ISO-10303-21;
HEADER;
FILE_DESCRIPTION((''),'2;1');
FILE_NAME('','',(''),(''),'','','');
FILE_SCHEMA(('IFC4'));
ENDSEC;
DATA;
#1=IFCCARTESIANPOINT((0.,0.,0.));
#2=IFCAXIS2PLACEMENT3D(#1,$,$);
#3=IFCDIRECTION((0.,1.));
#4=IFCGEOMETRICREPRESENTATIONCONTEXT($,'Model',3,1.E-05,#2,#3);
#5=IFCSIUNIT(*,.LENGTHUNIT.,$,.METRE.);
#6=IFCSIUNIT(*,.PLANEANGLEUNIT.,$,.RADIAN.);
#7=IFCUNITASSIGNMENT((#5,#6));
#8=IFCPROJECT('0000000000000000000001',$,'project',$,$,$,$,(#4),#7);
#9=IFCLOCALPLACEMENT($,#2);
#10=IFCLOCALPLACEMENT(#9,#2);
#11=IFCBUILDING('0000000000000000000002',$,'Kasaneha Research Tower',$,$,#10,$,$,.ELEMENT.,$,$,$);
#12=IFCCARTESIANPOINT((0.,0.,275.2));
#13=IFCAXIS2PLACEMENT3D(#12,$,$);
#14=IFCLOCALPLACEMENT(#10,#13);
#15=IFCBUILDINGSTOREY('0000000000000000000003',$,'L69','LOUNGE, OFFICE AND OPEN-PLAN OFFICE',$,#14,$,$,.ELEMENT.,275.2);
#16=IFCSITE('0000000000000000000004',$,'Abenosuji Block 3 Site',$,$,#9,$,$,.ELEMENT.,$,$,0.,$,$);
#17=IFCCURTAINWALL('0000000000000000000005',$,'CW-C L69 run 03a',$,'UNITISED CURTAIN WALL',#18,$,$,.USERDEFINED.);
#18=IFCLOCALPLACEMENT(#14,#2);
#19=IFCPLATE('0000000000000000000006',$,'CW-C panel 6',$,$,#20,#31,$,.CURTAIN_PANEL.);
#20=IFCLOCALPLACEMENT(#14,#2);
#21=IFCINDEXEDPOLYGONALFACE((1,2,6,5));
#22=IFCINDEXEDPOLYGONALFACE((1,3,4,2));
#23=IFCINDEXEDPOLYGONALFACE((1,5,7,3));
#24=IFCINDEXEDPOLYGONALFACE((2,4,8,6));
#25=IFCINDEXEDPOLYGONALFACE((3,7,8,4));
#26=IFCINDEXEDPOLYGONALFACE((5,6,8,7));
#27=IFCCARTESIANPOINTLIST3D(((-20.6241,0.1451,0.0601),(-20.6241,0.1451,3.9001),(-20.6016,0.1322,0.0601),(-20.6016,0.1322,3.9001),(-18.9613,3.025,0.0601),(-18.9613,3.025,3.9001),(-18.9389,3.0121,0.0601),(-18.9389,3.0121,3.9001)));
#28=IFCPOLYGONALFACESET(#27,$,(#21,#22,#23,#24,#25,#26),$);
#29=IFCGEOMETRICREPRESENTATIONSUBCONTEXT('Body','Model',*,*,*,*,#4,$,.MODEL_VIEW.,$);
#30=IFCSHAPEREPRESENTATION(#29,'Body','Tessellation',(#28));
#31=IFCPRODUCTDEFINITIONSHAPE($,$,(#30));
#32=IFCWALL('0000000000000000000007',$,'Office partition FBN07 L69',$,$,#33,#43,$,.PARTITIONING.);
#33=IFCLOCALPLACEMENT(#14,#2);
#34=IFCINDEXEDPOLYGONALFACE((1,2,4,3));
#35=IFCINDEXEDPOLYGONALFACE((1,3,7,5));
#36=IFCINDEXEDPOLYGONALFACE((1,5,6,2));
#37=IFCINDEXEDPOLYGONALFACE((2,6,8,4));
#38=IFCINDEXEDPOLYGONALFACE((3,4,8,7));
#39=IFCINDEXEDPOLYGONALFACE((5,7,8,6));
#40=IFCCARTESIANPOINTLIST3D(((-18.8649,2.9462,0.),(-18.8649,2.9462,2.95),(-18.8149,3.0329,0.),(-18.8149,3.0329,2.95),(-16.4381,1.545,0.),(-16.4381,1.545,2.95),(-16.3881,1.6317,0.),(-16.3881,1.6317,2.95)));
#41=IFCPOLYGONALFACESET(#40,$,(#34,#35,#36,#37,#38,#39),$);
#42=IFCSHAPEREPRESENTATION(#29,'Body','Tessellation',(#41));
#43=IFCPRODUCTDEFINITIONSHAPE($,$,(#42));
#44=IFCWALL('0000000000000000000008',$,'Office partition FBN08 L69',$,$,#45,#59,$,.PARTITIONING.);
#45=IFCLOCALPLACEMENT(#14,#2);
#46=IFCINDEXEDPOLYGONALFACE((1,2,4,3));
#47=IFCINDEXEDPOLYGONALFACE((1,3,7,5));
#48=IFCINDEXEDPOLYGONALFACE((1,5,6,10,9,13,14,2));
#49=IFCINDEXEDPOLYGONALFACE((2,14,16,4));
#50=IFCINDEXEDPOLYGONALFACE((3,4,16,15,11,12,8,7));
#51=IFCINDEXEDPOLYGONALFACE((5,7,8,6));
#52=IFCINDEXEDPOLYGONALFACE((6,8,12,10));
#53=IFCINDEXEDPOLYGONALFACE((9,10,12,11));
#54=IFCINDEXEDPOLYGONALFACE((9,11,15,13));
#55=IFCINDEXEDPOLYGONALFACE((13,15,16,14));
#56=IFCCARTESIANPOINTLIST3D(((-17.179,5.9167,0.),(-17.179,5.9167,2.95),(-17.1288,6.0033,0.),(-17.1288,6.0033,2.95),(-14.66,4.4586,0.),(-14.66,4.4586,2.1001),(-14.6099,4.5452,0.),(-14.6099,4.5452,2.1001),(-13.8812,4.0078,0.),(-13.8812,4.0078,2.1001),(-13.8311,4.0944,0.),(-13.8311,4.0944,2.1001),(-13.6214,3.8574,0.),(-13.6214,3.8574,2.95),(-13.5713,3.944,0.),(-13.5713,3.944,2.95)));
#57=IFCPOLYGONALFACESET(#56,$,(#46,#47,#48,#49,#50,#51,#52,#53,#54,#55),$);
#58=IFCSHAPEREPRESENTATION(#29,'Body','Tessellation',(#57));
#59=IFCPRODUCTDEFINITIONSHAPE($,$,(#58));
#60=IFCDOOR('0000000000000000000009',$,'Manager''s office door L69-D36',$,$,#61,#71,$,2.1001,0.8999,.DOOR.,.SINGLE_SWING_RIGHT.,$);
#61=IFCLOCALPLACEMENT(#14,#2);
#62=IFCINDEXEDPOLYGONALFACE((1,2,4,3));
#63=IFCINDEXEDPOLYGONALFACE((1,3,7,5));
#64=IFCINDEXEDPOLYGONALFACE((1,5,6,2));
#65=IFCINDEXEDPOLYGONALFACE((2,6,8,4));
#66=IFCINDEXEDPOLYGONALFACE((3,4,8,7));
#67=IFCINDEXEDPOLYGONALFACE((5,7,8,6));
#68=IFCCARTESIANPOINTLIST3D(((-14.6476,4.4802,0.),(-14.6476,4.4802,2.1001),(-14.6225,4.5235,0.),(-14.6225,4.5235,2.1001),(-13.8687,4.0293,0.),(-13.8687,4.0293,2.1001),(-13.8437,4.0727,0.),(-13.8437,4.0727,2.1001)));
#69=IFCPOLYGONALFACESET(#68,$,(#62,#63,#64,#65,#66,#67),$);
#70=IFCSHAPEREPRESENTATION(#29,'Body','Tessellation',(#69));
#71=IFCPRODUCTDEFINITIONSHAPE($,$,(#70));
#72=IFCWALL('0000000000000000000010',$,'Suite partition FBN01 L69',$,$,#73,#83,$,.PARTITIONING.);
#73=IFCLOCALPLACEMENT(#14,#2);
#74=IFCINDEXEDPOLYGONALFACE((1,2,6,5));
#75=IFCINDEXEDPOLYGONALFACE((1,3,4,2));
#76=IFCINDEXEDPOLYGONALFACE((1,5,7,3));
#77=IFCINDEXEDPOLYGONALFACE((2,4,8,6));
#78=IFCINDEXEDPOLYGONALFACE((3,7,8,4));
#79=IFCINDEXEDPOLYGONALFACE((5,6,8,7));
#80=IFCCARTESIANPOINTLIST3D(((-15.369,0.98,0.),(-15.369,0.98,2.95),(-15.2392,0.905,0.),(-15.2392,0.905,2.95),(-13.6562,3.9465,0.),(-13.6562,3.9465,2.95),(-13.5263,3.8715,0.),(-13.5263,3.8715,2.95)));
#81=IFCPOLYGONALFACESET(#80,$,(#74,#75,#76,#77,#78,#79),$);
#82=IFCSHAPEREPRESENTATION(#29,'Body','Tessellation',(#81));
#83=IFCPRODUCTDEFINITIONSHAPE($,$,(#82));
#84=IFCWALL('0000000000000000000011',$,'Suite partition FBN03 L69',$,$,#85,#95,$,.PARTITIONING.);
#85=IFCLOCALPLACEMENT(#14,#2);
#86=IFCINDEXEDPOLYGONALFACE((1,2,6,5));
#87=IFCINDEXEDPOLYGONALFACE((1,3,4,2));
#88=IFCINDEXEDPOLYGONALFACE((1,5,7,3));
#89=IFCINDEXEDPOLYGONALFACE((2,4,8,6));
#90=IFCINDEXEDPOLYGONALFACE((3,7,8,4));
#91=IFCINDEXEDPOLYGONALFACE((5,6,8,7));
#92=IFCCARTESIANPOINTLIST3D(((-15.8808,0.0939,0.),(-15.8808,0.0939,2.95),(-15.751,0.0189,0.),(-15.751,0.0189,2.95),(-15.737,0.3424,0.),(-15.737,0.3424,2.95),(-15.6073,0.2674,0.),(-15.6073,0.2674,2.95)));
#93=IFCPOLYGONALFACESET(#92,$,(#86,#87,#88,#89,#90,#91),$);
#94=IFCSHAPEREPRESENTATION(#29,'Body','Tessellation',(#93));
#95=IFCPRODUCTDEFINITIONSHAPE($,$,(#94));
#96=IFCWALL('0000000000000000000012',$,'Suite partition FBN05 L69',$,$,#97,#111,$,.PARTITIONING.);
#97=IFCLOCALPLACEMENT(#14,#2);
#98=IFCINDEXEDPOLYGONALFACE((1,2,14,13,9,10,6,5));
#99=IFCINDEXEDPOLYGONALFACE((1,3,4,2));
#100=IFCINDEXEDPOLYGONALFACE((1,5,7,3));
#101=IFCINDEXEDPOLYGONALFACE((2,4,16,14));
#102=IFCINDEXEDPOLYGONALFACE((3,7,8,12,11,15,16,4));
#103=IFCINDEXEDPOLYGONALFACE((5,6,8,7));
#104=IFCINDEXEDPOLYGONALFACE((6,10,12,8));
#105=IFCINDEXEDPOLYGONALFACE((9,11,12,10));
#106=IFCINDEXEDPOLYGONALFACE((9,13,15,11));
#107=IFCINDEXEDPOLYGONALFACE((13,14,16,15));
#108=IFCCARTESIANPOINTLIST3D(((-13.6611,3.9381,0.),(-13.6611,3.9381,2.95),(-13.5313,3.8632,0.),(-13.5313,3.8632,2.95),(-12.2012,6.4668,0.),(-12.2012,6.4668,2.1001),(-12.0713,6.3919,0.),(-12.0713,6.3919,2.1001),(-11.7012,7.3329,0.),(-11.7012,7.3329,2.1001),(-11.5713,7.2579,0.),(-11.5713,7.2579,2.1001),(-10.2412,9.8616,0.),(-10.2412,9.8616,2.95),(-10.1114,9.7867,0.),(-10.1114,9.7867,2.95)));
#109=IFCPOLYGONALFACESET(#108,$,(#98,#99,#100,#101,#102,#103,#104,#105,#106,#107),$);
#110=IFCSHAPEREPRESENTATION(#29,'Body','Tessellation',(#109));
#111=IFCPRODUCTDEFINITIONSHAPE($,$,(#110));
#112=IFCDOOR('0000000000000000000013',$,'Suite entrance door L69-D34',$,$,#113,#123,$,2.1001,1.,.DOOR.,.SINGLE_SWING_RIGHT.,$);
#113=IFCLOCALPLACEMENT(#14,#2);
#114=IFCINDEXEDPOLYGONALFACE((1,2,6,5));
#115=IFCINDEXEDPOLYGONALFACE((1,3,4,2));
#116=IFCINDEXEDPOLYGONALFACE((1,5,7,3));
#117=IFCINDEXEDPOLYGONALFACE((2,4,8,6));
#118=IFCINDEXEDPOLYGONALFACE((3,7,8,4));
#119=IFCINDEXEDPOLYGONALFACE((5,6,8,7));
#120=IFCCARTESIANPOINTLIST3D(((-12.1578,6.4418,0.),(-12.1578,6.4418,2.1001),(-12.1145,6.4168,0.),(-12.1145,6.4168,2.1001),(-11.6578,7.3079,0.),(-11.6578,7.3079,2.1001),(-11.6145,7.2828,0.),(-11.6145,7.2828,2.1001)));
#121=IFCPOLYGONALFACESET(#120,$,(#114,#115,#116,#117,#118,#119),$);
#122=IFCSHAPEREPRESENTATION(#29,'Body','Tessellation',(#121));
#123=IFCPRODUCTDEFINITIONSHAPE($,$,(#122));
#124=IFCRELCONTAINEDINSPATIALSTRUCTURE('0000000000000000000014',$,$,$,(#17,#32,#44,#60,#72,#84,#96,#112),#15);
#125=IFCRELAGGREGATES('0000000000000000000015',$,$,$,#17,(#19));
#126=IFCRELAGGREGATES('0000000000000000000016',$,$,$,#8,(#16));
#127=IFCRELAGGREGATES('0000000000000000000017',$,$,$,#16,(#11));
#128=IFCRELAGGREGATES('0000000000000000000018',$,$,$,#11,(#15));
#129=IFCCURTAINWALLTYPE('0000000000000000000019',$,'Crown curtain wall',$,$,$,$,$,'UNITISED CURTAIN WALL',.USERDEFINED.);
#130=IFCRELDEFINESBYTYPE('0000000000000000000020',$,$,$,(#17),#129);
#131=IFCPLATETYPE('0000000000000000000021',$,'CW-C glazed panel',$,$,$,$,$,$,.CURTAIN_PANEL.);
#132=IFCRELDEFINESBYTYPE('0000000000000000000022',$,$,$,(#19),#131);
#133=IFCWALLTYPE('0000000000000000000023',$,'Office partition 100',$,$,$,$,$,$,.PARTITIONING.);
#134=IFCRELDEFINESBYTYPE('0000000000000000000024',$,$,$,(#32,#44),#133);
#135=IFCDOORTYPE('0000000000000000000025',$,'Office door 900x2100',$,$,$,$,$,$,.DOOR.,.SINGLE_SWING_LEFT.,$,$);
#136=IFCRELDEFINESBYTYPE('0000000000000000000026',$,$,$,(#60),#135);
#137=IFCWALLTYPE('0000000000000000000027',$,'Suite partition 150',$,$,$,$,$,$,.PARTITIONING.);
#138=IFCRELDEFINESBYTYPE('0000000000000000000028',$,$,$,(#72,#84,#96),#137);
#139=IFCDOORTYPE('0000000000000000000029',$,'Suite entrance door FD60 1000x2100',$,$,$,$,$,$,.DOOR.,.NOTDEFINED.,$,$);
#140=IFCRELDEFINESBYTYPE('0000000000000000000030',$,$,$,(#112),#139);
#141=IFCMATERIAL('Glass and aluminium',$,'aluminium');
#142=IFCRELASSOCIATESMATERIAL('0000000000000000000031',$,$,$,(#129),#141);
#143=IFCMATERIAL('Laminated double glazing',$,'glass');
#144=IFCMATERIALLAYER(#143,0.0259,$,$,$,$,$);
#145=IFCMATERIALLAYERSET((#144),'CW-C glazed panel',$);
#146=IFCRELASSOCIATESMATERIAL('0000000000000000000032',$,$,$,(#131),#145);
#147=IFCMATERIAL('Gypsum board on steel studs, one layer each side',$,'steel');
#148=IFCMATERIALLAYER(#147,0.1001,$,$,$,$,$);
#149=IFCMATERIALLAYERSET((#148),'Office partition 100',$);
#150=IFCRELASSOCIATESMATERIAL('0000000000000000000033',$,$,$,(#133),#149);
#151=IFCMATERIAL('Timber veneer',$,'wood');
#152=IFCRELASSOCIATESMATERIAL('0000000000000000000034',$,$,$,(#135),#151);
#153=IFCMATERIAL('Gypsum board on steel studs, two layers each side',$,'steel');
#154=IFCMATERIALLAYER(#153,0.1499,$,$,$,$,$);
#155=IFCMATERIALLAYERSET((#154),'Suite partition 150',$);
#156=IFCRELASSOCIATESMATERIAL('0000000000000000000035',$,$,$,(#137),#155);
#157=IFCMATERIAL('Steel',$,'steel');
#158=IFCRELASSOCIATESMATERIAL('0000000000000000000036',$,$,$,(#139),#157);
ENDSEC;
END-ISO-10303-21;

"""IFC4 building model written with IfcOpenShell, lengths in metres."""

from ifc_helpers import new_model, si_unit, direction, frame, frame_2d, origin, origin_2d, place, context, subcontext, project, spatial, rectangle, extrude, material, layer, layer_set, type_object, element, fill, aggregate, save


model = new_model("IFC4")

# Units and contexts
model_context = context("Model", 3, precision=1e-05, world=origin(), true_north=direction((0.0, 1.0)))
body_context = subcontext(model_context, "Body", "Model", "MODEL_VIEW")
ifc_project = project(units=[si_unit("LENGTHUNIT", "METRE"), si_unit("PLANEANGLEUNIT", "RADIAN")], contexts=[model_context])

# Site, building, storey
site_placement = place(None, origin())
site = spatial("IfcSite", under=ifc_project, at=site_placement, Name="Abenosuji Block 3 Site", CompositionType="ELEMENT", RefElevation=0.0)
building_placement = place(site_placement, origin())
building = spatial("IfcBuilding", under=site, at=building_placement, Name="Kasaneha Research Tower", CompositionType="ELEMENT")
storey_placement = place(building_placement, frame((0.0, 0.0, 275.2)))
storey = spatial("IfcBuildingStorey", under=building, at=storey_placement, Name="L69", Description="LOUNGE, OFFICE AND OPEN-PLAN OFFICE", CompositionType="ELEMENT", Elevation=275.2)

# Curtain wall
ifc_material_1 = material(Name="Glass and aluminium", Category="aluminium")
curtain_wall_type = type_object("IfcCurtainWallType", Name="Crown curtain wall", ElementType="UNITISED CURTAIN WALL", PredefinedType="USERDEFINED", material=ifc_material_1)
curtain_wall_placement = place(storey_placement, origin())
curtain_wall = element("IfcCurtainWall", 1, at=curtain_wall_placement, inside=storey, type_object=curtain_wall_type, Name="CW-C L69 run 03a", ObjectType="UNITISED CURTAIN WALL", PredefinedType="USERDEFINED")

# Plate
ifc_material_2 = material(Name="Laminated double glazing", Category="glass")
ifc_layer_1 = layer(ifc_material_2, 0.0259)
ifc_layer_set_1 = layer_set([ifc_layer_1], Name="CW-C glazed panel")
plate_type = type_object("IfcPlateType", Name="CW-C glazed panel", PredefinedType="CURTAIN_PANEL", material=ifc_layer_set_1)
plate_1_placement = place(storey_placement, frame((-19.7815, 1.5786, 0.0601), z_axis=(0.0, 0.0, 1.0), x_axis=(-0.5, -0.866025, 0.0)))
plate_1 = element("IfcPlate", 2, at=plate_1_placement, type_object=plate_type, Name="CW-C panel 6", PredefinedType="CURTAIN_PANEL", context=body_context, shape_type="SweptSolid", body=[
    extrude(rectangle(XDim=3.3254, YDim=0.0259, at=origin_2d()), origin(), (0.0, 0.0, 1.0), 3.8401),
])
aggregate(curtain_wall, [plate_1])

# Wall
ifc_material_3 = material(Name="Gypsum board on steel studs, one layer each side", Category="steel")
ifc_layer_2 = layer(ifc_material_3, 0.1001)
ifc_layer_set_2 = layer_set([ifc_layer_2], Name="Office partition 100")
wall_type_1 = type_object("IfcWallType", Name="Office partition 100", PredefinedType="PARTITIONING", material=ifc_layer_set_2)
wall_1_placement = place(storey_placement, frame((-16.4131, 1.5884, 0.0), z_axis=(0.0, 0.0, 1.0), x_axis=(-0.86602, 0.500009, 0.0)))
element("IfcWall", 3, at=wall_1_placement, inside=storey, type_object=wall_type_1, Name="Office partition FBN07 L69", PredefinedType="PARTITIONING", context=body_context, shape_type="SweptSolid", body=[
    extrude(rectangle(XDim=2.8022, YDim=0.1001, at=frame_2d((1.4011, 0.0))), origin(), (0.0, 0.0, 1.0), 2.95),
])

# Wall, opening, door
wall_2_placement = place(storey_placement, frame((-17.1538, 5.96, 0.0), z_axis=(0.0, 0.0, 1.0), x_axis=(0.865463, -0.500973, 0.0)))
wall_2 = element("IfcWall", 4, at=wall_2_placement, inside=storey, type_object=wall_type_1, Name="Office partition FBN08 L69", PredefinedType="PARTITIONING", context=body_context, shape_type="SweptSolid", body=[
    extrude(rectangle(XDim=4.1106, YDim=0.1001, at=frame_2d((2.0552, 0.0))), origin(), (0.0, 0.0, 1.0), 2.95),
])
opening_1_placement = place(wall_2_placement, frame((2.9104, 0.0, 0.0)))
opening_1 = element("IfcOpeningElement", 5, at=opening_1_placement, cuts=wall_2, PredefinedType="OPENING", context=body_context, shape_type="SweptSolid", body=[
    extrude(rectangle(XDim=0.8999, YDim=2.1001, at=frame_2d((0.45, 1.05))), frame((0.0, 0.0601, 0.0), z_axis=(0.0, -1.0, 0.0), x_axis=(1.0, 0.0, 0.0)), (0.0, 0.0, 1.0), 0.1201),
])
ifc_material_4 = material(Name="Timber veneer", Category="wood")
door_type_1 = type_object("IfcDoorType", Name="Office door 900x2100", OperationType="SINGLE_SWING_LEFT", PredefinedType="DOOR", material=ifc_material_4)
door_1_placement = place(opening_1_placement, origin())
door_1 = element("IfcDoor", 6, at=door_1_placement, inside=storey, type_object=door_type_1, Name="Manager's office door L69-D36", OperationType="SINGLE_SWING_RIGHT", OverallHeight=2.1001, OverallWidth=0.8999, PredefinedType="DOOR", context=body_context, shape_type="SweptSolid", body=[
    extrude(rectangle(XDim=0.8999, YDim=2.1001, at=frame_2d((0.45, 1.05))), frame((0.0, 0.0249, 0.0), z_axis=(0.0, -1.0, 0.0), x_axis=(1.0, 0.0, 0.0)), (0.0, 0.0, 1.0), 0.05),
])
fill(opening_1, door_1)

# Walls
ifc_material_5 = material(Name="Gypsum board on steel studs, two layers each side", Category="steel")
ifc_layer_3 = layer(ifc_material_5, 0.1499)
ifc_layer_set_3 = layer_set([ifc_layer_3], Name="Suite partition 150")
wall_type_2 = type_object("IfcWallType", Name="Suite partition 150", PredefinedType="PARTITIONING", material=ifc_layer_set_3)
wall_3_placement = place(storey_placement, frame((-15.3042, 0.9424, 0.0), z_axis=(0.0, 0.0, 1.0), x_axis=(0.500033, 0.866006, 0.0)))
element("IfcWall", 7, at=wall_3_placement, inside=storey, type_object=wall_type_2, Name="Suite partition FBN01 L69", PredefinedType="PARTITIONING", context=body_context, shape_type="SweptSolid", body=[
    extrude(rectangle(XDim=3.4255, YDim=0.1499, at=frame_2d((1.7129, 0.0))), origin(), (0.0, 0.0, 1.0), 2.95),
])
wall_4_placement = place(storey_placement, frame((-15.8159, 0.0564, 0.0), z_axis=(0.0, 0.0, 1.0), x_axis=(0.500802, 0.865562, 0.0)))
element("IfcWall", 8, at=wall_4_placement, inside=storey, type_object=wall_type_2, Name="Suite partition FBN03 L69", PredefinedType="PARTITIONING", context=body_context, shape_type="SweptSolid", body=[
    extrude(rectangle(XDim=0.2871, YDim=0.1499, at=frame_2d((0.1436, 0.0))), origin(), (0.0, 0.0, 1.0), 2.95),
])

# Wall, opening, door
wall_5_placement = place(storey_placement, frame((-13.5962, 3.9006, 0.0), z_axis=(0.0, 0.0, 1.0), x_axis=(0.499993, 0.866029, 0.0)))
wall_5 = element("IfcWall", 9, at=wall_5_placement, inside=storey, type_object=wall_type_2, Name="Suite partition FBN05 L69", PredefinedType="PARTITIONING", context=body_context, shape_type="SweptSolid", body=[
    extrude(rectangle(XDim=6.8398, YDim=0.1499, at=frame_2d((3.4199, 0.0))), origin(), (0.0, 0.0, 1.0), 2.95),
])
opening_2_placement = place(wall_5_placement, frame((2.9199, 0.0, 0.0)))
opening_2 = element("IfcOpeningElement", 10, at=opening_2_placement, cuts=wall_5, PredefinedType="OPENING", context=body_context, shape_type="SweptSolid", body=[
    extrude(rectangle(XDim=1.0, YDim=2.1001, at=frame_2d((0.5, 1.05))), frame((0.0, 0.085, 0.0), z_axis=(0.0, -1.0, 0.0), x_axis=(1.0, 0.0, 0.0)), (0.0, 0.0, 1.0), 0.1699),
])
ifc_material_6 = material(Name="Steel", Category="steel")
door_type_2 = type_object("IfcDoorType", Name="Suite entrance door FD60 1000x2100", OperationType="NOTDEFINED", PredefinedType="DOOR", material=ifc_material_6)
door_2_placement = place(opening_2_placement, origin())
door_2 = element("IfcDoor", 11, at=door_2_placement, inside=storey, type_object=door_type_2, Name="Suite entrance door L69-D34", OperationType="SINGLE_SWING_RIGHT", OverallHeight=2.1001, OverallWidth=1.0, PredefinedType="DOOR", context=body_context, shape_type="SweptSolid", body=[
    extrude(rectangle(XDim=1.0, YDim=2.1001, at=frame_2d((0.5, 1.05))), frame((0.0, 0.0249, 0.0), z_axis=(0.0, -1.0, 0.0), x_axis=(1.0, 0.0, 0.0)), (0.0, 0.0, 1.0), 0.05),
])
fill(opening_2, door_2)

save(model, "model.ifc")
